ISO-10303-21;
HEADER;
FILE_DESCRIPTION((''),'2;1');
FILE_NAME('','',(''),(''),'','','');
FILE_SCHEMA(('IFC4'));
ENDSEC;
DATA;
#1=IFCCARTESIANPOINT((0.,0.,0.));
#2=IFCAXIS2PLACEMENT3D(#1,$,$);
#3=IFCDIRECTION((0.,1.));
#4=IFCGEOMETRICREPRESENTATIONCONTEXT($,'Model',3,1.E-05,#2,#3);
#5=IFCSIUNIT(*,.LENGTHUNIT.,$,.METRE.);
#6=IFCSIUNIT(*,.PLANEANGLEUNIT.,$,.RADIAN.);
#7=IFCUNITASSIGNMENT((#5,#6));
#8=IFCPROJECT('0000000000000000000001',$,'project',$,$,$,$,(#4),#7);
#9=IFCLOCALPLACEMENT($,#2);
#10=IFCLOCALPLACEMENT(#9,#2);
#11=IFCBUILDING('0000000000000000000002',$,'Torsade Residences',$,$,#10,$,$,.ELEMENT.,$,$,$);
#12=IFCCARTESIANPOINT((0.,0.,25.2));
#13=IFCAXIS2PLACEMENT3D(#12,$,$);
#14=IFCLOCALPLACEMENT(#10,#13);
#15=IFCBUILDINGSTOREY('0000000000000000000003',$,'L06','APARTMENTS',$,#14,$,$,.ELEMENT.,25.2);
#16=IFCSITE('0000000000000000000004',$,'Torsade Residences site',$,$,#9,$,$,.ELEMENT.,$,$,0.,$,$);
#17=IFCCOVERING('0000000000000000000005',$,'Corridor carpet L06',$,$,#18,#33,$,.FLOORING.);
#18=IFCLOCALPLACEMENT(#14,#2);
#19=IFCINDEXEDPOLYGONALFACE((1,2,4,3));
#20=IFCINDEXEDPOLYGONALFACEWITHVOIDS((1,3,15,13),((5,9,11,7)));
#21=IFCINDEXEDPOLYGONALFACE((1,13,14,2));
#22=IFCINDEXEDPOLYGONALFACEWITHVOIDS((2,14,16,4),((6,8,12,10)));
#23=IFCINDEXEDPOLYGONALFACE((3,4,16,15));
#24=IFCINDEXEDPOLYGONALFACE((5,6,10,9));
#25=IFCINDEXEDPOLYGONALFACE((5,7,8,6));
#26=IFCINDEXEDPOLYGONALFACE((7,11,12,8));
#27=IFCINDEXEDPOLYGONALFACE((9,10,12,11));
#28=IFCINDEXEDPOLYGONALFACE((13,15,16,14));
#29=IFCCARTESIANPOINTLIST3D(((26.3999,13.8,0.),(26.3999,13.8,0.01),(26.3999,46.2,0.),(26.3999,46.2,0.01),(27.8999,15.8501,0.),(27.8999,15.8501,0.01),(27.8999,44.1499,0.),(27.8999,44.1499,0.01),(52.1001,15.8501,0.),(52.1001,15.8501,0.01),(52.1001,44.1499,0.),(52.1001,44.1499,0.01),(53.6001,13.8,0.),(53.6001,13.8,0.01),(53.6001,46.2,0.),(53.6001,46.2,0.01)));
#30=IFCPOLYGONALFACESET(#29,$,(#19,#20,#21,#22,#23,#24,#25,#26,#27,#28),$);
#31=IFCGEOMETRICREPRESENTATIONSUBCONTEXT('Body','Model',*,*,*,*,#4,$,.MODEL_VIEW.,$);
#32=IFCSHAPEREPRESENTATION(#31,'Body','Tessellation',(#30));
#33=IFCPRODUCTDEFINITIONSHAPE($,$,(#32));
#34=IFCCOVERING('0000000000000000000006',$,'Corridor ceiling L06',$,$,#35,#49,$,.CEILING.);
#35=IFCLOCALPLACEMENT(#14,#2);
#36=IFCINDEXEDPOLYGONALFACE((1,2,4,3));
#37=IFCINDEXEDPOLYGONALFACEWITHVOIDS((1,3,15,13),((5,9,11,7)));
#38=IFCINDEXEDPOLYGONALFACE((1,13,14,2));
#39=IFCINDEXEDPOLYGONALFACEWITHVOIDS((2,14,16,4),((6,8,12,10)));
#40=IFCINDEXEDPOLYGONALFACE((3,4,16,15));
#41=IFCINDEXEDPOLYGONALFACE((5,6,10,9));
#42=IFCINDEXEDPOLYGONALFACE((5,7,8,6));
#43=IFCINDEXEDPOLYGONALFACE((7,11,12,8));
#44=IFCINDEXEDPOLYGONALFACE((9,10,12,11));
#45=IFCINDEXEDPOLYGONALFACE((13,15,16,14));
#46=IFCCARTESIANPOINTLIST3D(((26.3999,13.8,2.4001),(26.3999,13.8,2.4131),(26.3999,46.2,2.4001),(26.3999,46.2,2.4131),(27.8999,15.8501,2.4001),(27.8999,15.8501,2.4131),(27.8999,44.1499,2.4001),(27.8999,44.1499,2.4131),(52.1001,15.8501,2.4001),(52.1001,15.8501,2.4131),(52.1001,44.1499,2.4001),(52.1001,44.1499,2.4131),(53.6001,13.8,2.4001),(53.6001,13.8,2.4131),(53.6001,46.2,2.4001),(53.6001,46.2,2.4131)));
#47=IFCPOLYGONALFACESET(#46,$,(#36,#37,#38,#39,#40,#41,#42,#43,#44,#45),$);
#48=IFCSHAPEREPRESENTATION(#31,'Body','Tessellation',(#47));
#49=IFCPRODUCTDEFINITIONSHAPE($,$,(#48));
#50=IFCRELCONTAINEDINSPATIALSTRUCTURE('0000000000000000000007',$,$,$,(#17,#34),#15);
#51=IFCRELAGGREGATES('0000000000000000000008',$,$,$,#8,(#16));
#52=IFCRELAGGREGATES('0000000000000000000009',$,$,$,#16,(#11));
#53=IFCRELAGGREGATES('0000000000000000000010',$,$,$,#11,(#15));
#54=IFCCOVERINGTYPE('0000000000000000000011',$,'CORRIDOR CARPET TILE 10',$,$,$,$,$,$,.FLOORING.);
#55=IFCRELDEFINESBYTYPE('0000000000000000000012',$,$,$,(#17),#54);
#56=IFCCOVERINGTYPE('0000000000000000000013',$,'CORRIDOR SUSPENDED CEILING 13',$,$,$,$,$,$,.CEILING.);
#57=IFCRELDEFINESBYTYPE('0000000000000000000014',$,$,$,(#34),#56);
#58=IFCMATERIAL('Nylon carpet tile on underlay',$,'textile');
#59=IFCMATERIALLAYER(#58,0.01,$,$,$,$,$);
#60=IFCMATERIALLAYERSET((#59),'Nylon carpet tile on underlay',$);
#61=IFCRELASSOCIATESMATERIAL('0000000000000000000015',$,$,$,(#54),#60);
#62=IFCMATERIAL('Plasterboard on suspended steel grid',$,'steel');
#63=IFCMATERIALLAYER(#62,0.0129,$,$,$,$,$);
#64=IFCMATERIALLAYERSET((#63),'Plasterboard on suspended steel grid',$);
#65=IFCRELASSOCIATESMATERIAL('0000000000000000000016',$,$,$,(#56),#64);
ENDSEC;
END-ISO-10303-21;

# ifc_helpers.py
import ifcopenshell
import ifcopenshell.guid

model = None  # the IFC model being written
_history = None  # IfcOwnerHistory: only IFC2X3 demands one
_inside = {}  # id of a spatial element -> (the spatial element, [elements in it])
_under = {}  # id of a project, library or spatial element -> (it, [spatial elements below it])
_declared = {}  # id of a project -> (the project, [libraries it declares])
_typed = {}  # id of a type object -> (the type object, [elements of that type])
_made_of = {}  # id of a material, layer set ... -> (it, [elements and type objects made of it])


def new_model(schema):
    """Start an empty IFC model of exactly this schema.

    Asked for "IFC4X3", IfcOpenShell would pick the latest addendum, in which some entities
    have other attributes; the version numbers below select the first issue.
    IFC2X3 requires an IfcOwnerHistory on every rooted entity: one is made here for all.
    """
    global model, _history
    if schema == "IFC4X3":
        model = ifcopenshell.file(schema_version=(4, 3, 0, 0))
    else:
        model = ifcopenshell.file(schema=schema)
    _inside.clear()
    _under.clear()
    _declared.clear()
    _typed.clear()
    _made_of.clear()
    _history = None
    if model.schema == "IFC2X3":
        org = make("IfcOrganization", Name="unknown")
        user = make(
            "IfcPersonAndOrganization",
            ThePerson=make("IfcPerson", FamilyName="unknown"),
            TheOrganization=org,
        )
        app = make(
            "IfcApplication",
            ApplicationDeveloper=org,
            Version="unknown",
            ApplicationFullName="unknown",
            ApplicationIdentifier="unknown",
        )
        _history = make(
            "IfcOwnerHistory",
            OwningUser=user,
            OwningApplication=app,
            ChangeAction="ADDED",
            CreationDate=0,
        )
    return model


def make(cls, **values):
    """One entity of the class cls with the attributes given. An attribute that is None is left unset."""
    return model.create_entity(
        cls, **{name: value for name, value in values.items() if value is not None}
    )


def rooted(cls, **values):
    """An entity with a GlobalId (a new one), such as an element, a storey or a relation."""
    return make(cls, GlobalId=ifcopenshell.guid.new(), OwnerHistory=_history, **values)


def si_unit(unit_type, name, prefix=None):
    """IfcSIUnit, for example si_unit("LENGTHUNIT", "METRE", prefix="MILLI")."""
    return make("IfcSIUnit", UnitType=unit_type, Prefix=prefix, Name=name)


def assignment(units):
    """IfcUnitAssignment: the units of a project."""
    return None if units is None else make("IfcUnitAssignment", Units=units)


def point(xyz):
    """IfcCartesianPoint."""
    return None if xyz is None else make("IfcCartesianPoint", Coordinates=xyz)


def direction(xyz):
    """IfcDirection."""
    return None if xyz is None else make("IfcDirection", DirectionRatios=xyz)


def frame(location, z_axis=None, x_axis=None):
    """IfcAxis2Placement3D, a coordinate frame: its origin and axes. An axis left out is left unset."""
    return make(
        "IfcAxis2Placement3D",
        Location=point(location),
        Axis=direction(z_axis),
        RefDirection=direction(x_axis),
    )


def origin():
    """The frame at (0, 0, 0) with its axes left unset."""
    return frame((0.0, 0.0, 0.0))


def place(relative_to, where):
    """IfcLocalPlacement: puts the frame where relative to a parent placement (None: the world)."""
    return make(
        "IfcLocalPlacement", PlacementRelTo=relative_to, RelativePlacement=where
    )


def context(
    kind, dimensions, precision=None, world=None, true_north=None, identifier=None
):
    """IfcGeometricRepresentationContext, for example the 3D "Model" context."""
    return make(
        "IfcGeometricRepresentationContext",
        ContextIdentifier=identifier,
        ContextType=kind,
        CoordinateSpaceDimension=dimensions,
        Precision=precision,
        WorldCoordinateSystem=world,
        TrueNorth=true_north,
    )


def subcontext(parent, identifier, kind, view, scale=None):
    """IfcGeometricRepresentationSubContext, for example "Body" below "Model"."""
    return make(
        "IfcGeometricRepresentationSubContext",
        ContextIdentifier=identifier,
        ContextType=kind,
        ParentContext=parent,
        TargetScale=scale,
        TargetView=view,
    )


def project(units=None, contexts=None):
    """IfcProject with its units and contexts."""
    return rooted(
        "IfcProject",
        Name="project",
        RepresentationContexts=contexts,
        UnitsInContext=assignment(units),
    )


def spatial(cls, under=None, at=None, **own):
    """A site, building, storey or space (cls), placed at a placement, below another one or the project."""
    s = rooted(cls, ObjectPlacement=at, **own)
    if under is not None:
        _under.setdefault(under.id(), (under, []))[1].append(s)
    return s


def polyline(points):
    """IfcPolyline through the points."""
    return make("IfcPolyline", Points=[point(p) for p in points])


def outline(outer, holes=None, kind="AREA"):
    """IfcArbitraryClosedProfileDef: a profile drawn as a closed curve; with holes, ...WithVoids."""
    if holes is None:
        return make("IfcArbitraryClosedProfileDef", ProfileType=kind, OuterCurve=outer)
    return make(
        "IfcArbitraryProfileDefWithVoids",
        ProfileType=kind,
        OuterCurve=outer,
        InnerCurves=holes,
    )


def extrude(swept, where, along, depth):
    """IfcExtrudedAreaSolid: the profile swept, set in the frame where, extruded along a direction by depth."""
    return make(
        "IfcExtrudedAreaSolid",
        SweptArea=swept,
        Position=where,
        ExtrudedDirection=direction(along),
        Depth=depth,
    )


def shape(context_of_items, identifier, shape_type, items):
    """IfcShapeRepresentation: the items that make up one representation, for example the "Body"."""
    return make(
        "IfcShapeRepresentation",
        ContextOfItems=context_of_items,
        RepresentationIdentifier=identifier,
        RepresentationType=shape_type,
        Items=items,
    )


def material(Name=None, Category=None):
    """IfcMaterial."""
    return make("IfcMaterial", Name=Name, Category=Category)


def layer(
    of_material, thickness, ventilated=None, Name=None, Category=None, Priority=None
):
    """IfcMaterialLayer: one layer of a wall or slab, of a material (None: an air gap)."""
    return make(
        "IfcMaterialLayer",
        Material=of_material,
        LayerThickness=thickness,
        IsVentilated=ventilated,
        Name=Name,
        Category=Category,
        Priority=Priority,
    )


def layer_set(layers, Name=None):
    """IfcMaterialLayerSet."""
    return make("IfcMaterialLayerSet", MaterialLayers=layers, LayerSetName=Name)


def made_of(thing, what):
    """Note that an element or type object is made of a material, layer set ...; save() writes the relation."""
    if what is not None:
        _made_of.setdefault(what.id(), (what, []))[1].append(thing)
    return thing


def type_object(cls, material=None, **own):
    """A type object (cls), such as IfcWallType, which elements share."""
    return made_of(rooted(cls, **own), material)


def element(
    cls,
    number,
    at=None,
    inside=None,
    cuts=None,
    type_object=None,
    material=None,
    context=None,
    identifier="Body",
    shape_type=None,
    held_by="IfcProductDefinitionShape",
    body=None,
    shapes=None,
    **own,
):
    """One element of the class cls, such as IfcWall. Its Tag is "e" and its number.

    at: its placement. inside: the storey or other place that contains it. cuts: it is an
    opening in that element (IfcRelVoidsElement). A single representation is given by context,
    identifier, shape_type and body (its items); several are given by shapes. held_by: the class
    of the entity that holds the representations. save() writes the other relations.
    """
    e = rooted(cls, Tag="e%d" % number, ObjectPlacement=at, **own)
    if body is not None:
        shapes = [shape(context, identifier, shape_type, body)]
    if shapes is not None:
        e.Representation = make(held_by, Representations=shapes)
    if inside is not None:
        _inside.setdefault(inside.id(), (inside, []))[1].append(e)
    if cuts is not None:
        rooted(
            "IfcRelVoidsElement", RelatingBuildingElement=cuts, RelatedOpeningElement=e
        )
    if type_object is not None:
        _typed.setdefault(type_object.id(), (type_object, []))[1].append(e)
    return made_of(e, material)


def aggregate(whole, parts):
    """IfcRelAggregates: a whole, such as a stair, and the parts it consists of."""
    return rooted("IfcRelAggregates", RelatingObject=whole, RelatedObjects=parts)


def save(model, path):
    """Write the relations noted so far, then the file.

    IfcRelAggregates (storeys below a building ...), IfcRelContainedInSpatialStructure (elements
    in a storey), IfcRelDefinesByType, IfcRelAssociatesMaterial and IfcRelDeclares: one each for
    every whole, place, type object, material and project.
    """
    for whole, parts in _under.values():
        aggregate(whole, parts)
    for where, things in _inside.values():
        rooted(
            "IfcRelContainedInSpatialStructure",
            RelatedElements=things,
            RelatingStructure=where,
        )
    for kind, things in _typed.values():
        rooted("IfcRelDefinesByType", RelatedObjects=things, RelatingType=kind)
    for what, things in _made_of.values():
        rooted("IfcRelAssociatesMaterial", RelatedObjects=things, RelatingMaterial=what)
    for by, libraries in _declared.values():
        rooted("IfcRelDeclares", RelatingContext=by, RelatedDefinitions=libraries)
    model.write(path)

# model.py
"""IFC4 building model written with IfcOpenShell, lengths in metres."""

from ifc_helpers import new_model, si_unit, direction, frame, origin, place, context, subcontext, project, spatial, polyline, outline, extrude, material, layer, layer_set, type_object, element, save


model = new_model("IFC4")

# Units and contexts
model_context = context("Model", 3, precision=1e-05, world=origin(), true_north=direction((0.0, 1.0)))
body_context = subcontext(model_context, "Body", "Model", "MODEL_VIEW")
ifc_project = project(units=[si_unit("LENGTHUNIT", "METRE"), si_unit("PLANEANGLEUNIT", "RADIAN")], contexts=[model_context])

# Site, building, storey
site_placement = place(None, origin())
site = spatial("IfcSite", under=ifc_project, at=site_placement, Name="Torsade Residences site", CompositionType="ELEMENT", RefElevation=0.0)
building_placement = place(site_placement, origin())
building = spatial("IfcBuilding", under=site, at=building_placement, Name="Torsade Residences", CompositionType="ELEMENT")
storey_placement = place(building_placement, frame((0.0, 0.0, 25.2)))
storey = spatial("IfcBuildingStorey", under=building, at=storey_placement, Name="L06", Description="APARTMENTS", CompositionType="ELEMENT", Elevation=25.2)

# Coverings
ifc_material_1 = material(Name="Nylon carpet tile on underlay", Category="textile")
ifc_layer_1 = layer(ifc_material_1, 0.01)
ifc_layer_set_1 = layer_set([ifc_layer_1], Name="Nylon carpet tile on underlay")
covering_type_1 = type_object("IfcCoveringType", Name="CORRIDOR CARPET TILE 10", PredefinedType="FLOORING", material=ifc_layer_set_1)
covering_1_placement = place(storey_placement, origin())
element("IfcCovering", 1, at=covering_1_placement, inside=storey, type_object=covering_type_1, Name="Corridor carpet L06", PredefinedType="FLOORING", context=body_context, shape_type="SweptSolid", body=[
    extrude(outline(polyline([(26.3999, 46.2), (26.3999, 13.8), (53.6001, 13.8), (53.6001, 46.2), (26.3999, 46.2)]), holes=[polyline([(52.1001, 44.1499), (27.8999, 44.1499), (27.8999, 15.8501), (52.1001, 15.8501), (52.1001, 44.1499)])]), origin(), (0.0, 0.0, 1.0), 0.01),
])
ifc_material_2 = material(Name="Plasterboard on suspended steel grid", Category="steel")
ifc_layer_2 = layer(ifc_material_2, 0.0129)
ifc_layer_set_2 = layer_set([ifc_layer_2], Name="Plasterboard on suspended steel grid")
covering_type_2 = type_object("IfcCoveringType", Name="CORRIDOR SUSPENDED CEILING 13", PredefinedType="CEILING", material=ifc_layer_set_2)
covering_2_placement = place(storey_placement, frame((0.0, 0.0, 2.4001)))
element("IfcCovering", 2, at=covering_2_placement, inside=storey, type_object=covering_type_2, Name="Corridor ceiling L06", PredefinedType="CEILING", context=body_context, shape_type="SweptSolid", body=[
    extrude(outline(polyline([(26.3999, 46.2), (26.3999, 13.8), (53.6001, 13.8), (53.6001, 46.2), (26.3999, 46.2)]), holes=[polyline([(52.1001, 44.1499), (27.8999, 44.1499), (27.8999, 15.8501), (52.1001, 15.8501), (52.1001, 44.1499)])]), origin(), (0.0, 0.0, 1.0), 0.0129),
])

save(model, "model.ifc")
